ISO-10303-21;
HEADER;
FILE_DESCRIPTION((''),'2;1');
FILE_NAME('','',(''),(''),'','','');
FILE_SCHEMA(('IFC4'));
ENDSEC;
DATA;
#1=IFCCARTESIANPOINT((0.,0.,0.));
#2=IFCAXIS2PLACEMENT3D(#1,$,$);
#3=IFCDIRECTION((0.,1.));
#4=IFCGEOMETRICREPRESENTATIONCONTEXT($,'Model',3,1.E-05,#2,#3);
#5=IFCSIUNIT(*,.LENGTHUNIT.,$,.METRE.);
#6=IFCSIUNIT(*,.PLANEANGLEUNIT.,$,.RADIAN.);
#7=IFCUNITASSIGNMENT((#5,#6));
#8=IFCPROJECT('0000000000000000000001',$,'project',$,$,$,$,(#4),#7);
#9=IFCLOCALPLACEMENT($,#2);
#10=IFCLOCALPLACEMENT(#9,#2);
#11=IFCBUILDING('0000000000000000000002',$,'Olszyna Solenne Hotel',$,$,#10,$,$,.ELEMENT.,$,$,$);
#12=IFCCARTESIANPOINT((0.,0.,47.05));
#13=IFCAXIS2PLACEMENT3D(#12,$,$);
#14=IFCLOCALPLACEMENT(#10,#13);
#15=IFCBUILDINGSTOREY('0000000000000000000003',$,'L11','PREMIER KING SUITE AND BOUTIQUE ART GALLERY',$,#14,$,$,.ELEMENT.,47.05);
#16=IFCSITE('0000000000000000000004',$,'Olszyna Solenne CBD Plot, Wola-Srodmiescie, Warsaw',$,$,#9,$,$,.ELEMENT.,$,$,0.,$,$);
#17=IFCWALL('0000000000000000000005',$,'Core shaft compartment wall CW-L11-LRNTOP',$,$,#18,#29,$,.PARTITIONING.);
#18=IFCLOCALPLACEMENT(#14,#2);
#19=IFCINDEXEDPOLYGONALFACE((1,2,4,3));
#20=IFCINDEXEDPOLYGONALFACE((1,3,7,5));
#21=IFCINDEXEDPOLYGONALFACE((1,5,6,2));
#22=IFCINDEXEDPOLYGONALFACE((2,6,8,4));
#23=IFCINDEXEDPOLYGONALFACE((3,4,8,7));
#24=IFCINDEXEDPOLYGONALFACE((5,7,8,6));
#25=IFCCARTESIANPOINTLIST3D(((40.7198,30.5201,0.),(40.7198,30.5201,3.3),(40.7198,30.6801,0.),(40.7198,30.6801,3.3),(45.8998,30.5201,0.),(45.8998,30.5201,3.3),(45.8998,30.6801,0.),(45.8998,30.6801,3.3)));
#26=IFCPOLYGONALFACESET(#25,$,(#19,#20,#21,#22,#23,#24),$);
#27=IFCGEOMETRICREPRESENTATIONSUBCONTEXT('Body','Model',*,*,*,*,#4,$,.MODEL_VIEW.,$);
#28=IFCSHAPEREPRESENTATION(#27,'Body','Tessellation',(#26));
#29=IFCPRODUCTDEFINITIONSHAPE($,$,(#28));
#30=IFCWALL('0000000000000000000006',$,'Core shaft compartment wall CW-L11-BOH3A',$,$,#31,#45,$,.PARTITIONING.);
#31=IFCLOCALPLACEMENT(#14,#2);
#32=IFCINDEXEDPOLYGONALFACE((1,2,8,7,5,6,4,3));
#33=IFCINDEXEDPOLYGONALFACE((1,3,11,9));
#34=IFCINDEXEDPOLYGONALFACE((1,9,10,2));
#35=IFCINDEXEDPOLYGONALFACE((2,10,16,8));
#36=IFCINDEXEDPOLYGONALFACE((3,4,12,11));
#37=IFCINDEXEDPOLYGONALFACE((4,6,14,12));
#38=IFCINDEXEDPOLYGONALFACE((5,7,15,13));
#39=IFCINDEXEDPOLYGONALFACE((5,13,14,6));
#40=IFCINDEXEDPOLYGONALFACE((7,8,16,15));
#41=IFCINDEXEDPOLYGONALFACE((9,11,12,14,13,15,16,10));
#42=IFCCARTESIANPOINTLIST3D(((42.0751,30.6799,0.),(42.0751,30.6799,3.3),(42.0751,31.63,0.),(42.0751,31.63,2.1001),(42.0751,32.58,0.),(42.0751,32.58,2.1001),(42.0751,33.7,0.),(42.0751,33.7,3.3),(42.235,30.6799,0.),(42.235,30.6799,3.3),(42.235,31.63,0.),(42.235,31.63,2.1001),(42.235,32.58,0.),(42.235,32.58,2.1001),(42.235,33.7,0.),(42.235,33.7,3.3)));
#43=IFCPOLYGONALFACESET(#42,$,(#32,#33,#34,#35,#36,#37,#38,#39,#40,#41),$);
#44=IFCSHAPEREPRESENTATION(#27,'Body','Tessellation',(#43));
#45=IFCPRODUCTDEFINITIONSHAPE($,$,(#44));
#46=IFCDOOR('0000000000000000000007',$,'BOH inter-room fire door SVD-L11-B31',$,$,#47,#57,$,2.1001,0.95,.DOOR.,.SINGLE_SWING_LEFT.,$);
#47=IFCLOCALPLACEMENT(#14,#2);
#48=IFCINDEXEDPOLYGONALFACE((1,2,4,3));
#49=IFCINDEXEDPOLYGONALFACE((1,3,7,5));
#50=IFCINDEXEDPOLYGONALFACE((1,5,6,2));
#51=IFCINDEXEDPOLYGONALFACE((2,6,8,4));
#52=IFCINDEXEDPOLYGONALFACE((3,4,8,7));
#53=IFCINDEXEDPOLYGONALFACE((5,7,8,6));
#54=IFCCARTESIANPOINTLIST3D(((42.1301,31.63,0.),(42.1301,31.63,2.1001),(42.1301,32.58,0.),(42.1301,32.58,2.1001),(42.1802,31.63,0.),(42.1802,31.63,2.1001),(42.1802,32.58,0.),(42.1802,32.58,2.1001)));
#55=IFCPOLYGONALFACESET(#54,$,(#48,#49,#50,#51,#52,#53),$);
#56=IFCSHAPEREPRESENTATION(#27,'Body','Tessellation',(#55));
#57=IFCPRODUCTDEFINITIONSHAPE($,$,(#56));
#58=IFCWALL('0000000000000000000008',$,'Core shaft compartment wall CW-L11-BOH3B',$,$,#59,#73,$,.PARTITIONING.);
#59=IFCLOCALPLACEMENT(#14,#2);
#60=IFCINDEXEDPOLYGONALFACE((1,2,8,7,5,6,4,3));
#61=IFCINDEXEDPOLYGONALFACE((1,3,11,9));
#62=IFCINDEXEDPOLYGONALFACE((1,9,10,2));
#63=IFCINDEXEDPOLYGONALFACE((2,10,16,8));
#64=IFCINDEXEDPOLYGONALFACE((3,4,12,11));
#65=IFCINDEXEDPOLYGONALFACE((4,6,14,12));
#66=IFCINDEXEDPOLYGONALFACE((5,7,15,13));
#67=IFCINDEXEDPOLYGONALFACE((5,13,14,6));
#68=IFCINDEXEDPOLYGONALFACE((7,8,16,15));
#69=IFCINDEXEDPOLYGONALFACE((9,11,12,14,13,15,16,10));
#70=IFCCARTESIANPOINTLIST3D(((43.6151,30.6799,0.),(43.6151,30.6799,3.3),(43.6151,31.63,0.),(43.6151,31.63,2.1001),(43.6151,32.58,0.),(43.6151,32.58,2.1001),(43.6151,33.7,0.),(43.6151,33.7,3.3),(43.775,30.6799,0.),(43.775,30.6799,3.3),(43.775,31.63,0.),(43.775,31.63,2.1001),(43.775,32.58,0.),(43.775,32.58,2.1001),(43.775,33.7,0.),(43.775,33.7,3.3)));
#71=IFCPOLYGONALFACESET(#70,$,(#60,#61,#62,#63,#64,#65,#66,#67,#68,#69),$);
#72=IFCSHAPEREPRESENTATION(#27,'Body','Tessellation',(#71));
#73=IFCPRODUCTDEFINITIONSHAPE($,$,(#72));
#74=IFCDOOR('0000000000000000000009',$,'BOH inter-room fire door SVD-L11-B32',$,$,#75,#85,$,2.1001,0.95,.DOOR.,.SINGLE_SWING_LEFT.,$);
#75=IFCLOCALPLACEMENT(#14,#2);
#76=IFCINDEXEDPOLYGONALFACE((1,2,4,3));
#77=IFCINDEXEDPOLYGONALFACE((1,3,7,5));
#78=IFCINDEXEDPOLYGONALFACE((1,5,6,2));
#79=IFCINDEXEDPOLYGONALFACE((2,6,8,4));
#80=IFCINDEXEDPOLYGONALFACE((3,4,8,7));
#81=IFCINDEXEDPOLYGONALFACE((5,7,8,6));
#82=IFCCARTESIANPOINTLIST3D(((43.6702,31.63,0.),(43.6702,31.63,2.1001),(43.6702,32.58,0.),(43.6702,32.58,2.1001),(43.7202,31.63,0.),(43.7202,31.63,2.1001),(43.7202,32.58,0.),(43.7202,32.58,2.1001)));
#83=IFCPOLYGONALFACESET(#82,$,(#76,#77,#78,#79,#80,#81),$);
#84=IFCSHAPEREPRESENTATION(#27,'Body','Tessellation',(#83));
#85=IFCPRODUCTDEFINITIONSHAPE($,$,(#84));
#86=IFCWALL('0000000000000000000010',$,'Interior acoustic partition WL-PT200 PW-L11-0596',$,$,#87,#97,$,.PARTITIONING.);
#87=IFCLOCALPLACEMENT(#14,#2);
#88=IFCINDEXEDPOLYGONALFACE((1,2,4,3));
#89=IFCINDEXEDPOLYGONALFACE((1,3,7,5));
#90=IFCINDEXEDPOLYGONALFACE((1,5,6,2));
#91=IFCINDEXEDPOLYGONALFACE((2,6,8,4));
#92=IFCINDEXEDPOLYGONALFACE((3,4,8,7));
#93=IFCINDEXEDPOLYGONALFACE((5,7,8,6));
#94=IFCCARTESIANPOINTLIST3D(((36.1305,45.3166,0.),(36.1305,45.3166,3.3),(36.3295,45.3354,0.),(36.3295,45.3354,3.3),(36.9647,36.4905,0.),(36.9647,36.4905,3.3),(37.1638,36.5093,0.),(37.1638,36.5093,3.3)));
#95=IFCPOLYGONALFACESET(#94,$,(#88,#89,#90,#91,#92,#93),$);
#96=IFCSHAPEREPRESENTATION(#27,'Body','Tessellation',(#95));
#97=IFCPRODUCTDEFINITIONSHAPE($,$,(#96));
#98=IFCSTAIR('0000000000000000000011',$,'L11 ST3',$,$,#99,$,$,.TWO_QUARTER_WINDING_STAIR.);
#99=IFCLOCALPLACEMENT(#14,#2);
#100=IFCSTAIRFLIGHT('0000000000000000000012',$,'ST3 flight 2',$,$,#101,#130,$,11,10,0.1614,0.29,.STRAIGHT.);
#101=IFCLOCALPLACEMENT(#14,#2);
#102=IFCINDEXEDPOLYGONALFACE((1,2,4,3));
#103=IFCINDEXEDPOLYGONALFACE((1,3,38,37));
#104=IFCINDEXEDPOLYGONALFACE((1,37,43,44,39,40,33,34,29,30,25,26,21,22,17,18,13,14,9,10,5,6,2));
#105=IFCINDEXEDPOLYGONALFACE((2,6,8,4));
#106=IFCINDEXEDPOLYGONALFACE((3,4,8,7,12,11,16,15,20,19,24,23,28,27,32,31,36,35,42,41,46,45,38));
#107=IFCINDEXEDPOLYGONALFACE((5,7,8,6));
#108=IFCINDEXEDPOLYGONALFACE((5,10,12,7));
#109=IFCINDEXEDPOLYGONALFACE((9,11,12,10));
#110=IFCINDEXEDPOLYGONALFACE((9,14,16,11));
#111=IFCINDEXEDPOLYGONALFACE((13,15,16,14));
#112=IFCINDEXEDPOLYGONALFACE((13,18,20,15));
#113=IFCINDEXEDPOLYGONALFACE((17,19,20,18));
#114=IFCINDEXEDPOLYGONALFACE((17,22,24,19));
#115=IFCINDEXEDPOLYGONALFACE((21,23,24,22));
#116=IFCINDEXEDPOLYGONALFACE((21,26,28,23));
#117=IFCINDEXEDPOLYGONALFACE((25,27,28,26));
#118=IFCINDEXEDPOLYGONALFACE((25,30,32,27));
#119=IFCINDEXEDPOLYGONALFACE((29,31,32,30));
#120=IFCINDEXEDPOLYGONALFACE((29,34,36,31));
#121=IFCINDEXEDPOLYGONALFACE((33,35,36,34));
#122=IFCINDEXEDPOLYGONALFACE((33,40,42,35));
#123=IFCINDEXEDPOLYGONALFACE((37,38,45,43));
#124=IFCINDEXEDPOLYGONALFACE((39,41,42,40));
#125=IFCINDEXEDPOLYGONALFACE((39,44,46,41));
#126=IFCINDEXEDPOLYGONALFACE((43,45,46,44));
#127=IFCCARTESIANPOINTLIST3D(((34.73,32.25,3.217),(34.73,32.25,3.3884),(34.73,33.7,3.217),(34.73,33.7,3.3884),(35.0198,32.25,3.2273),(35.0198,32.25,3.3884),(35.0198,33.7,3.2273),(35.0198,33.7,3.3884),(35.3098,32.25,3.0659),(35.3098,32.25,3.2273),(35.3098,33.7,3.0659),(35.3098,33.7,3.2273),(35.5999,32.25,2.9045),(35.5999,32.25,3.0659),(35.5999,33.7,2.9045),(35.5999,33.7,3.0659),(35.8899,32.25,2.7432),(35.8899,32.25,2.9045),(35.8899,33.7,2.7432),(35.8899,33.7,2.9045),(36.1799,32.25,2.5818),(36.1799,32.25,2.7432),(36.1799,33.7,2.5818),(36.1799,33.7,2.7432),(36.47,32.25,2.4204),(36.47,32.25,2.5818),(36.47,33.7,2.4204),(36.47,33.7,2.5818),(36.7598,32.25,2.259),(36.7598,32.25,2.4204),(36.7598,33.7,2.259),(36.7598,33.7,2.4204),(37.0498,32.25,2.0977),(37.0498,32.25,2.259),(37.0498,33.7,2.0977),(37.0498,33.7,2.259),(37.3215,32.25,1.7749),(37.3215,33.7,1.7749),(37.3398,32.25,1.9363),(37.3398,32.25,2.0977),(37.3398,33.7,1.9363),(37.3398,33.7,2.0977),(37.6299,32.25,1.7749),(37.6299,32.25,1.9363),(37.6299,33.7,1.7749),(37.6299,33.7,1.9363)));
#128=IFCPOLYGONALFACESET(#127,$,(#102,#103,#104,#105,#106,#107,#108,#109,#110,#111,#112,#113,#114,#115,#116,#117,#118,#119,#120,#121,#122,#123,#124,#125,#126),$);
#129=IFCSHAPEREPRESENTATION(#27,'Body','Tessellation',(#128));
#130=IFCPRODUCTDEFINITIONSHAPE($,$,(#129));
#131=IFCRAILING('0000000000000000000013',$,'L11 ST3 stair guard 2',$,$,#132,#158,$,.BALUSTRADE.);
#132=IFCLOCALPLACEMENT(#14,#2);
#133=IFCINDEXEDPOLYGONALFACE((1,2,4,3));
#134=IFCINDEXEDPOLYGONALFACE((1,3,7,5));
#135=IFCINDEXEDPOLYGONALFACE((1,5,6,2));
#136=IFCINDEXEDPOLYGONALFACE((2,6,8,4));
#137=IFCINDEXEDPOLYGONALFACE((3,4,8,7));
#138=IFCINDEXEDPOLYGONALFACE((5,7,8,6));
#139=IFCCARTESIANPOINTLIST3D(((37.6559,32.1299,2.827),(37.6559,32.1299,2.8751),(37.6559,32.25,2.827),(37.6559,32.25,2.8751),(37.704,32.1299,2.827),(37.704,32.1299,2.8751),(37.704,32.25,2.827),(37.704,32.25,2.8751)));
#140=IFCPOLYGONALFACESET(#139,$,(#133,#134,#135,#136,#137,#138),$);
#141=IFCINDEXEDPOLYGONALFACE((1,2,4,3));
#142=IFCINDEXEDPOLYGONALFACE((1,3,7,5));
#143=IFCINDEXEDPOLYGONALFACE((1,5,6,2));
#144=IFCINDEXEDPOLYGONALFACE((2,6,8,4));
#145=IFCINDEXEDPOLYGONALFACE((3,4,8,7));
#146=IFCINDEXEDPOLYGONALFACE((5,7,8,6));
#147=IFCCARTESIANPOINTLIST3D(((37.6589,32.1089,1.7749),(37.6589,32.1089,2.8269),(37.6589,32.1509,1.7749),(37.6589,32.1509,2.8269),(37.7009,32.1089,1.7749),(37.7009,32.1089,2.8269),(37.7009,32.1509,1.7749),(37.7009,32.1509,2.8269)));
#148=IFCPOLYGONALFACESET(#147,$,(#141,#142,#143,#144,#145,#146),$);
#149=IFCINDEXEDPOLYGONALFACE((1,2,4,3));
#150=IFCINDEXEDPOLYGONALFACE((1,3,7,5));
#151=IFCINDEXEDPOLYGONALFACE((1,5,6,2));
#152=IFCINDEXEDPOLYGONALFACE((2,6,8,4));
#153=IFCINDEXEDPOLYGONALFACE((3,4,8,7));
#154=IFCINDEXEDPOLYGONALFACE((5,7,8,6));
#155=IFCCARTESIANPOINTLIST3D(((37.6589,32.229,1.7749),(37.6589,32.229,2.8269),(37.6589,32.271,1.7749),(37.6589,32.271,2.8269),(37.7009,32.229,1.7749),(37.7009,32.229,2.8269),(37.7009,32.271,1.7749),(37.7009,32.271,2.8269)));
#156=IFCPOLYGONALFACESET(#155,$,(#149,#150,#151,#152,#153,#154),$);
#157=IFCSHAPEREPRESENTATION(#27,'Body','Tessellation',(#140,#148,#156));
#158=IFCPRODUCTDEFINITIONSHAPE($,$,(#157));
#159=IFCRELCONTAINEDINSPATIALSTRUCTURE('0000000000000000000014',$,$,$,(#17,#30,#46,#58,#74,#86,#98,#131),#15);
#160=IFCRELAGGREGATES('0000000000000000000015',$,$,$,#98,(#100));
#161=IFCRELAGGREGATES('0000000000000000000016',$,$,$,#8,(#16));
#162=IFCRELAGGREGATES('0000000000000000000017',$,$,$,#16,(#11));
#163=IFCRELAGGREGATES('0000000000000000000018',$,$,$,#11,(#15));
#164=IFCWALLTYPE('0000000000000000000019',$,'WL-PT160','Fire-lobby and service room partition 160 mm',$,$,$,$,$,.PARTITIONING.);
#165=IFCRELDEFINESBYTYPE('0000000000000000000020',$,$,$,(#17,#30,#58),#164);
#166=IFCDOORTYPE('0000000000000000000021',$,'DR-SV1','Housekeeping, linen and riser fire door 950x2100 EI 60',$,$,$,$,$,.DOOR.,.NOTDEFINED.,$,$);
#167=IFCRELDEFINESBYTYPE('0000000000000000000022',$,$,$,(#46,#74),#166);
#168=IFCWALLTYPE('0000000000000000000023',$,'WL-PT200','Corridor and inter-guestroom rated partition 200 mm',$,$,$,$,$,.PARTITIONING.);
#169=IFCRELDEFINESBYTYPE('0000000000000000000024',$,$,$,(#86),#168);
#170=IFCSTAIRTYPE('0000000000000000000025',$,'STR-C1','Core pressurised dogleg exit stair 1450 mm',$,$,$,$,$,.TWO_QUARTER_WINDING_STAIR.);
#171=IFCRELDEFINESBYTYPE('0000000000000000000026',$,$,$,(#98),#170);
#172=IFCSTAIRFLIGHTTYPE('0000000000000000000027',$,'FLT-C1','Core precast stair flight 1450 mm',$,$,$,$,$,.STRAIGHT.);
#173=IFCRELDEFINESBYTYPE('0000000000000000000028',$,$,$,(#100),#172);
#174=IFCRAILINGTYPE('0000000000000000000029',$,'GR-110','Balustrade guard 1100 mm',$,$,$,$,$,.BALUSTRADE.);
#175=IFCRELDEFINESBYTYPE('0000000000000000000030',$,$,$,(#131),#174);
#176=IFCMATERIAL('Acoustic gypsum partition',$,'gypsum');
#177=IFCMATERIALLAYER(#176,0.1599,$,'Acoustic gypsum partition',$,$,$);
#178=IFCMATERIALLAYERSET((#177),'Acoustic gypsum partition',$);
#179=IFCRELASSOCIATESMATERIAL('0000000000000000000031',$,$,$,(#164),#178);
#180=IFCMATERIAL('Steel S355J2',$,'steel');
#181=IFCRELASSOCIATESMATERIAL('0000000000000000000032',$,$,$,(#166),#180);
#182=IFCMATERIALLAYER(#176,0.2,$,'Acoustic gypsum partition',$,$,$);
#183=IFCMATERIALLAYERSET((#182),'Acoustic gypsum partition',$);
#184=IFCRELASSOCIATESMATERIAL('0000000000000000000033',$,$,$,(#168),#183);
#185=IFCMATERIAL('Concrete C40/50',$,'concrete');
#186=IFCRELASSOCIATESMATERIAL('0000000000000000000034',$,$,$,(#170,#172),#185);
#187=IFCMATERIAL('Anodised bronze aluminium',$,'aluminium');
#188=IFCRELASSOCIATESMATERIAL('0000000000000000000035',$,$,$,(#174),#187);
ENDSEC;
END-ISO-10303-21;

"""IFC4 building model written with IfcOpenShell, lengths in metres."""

from ifc_helpers import new_model, si_unit, direction, frame, frame_2d, origin, origin_2d, place, context, subcontext, project, spatial, polyline, rectangle, outline, extrude, source, transform, mapped, material, layer, layer_set, type_object, type_shapes, element, fill, aggregate, save


model = new_model("IFC4")

# Units and contexts
model_context = context("Model", 3, precision=1e-05, world=origin(), true_north=direction((0.0, 1.0)))
body_context = subcontext(model_context, "Body", "Model", "MODEL_VIEW")
ifc_project = project(units=[si_unit("LENGTHUNIT", "METRE"), si_unit("PLANEANGLEUNIT", "RADIAN")], contexts=[model_context])

# Site, building, storey
site_placement = place(None, origin())
site = spatial("IfcSite", under=ifc_project, at=site_placement, Name="Olszyna Solenne CBD Plot, Wola-Srodmiescie, Warsaw", CompositionType="ELEMENT", RefElevation=0.0)
building_placement = place(site_placement, origin())
building = spatial("IfcBuilding", under=site, at=building_placement, Name="Olszyna Solenne Hotel", CompositionType="ELEMENT")
storey_placement = place(building_placement, frame((0.0, 0.0, 47.05)))
storey = spatial("IfcBuildingStorey", under=building, at=storey_placement, Name="L11", Description="PREMIER KING SUITE AND BOUTIQUE ART GALLERY", CompositionType="ELEMENT", Elevation=47.05)

# Shared definitions
ifc_material_1 = material(Name="Steel S355J2", Category="steel")

# Shared definitions
ifc_material_2 = material(Name="Anodised bronze aluminium", Category="aluminium")

# Shared definitions
ifc_material_3 = material(Name="Acoustic gypsum partition", Category="gypsum")

# Wall
ifc_layer_1 = layer(ifc_material_3, 0.1599, Name="Acoustic gypsum partition")
ifc_layer_set_1 = layer_set([ifc_layer_1], Name="Acoustic gypsum partition")
wall_type_1 = type_object("IfcWallType", Name="WL-PT160", Description="Fire-lobby and service room partition 160 mm", PredefinedType="PARTITIONING", material=ifc_layer_set_1)
wall_1_placement = place(storey_placement, frame((40.72, 30.6001, 0.0), z_axis=(0.0, 0.0, 1.0), x_axis=(1.0, 0.0, 0.0)))
element("IfcWall", 1, at=wall_1_placement, inside=storey, type_object=wall_type_1, Name="Core shaft compartment wall CW-L11-LRNTOP", PredefinedType="PARTITIONING", context=body_context, shape_type="SweptSolid", body=[
    extrude(rectangle(XDim=5.1799, YDim=0.1599, at=frame_2d((2.5898, 0.0))), origin(), (0.0, 0.0, 1.0), 3.3),
])

# Walls, openings, doors
wall_2_placement = place(storey_placement, frame((42.155, 30.6799, 0.0), z_axis=(0.0, 0.0, 1.0), x_axis=(0.0, 1.0, 0.0)))
wall_2 = element("IfcWall", 2, at=wall_2_placement, inside=storey, type_object=wall_type_1, Name="Core shaft compartment wall CW-L11-BOH3A", PredefinedType="PARTITIONING", context=body_context, shape_type="SweptSolid", body=[
    extrude(rectangle(XDim=3.02, YDim=0.1599, at=frame_2d((1.51, 0.0))), origin(), (0.0, 0.0, 1.0), 3.3),
])
opening_1_placement = place(wall_2_placement, frame((0.95, 0.0, 0.0)))
opening_1 = element("IfcOpeningElement", 3, at=opening_1_placement, cuts=wall_2, PredefinedType="OPENING", context=body_context, shape_type="SweptSolid", body=[
    extrude(rectangle(XDim=0.95, YDim=2.1001, at=frame_2d((0.4751, 1.05))), frame((0.0, 0.0898, 0.0), z_axis=(0.0, -1.0, 0.0), x_axis=(1.0, 0.0, 0.0)), (0.0, 0.0, 1.0), 0.1799),
])
door_type_1 = type_object("IfcDoorType", Name="DR-SV1", Description="Housekeeping, linen and riser fire door 950x2100 EI 60", OperationType="NOTDEFINED", PredefinedType="DOOR", material=ifc_material_1)
shared_shape_1 = source(origin(), body_context, "Body", "SweptSolid", [
    extrude(rectangle(XDim=0.95, YDim=2.1001, at=frame_2d((0.4751, 1.05))), frame((0.0, 0.0249, 0.0), z_axis=(0.0, -1.0, 0.0), x_axis=(1.0, 0.0, 0.0)), (0.0, 0.0, 1.0), 0.05),
])
type_shapes(door_type_1, [shared_shape_1])
door_1_placement = place(opening_1_placement, origin())
door_1 = element("IfcDoor", 4, at=door_1_placement, inside=storey, type_object=door_type_1, Name="BOH inter-room fire door SVD-L11-B31", OperationType="SINGLE_SWING_LEFT", OverallHeight=2.1001, OverallWidth=0.95, PredefinedType="DOOR", context=body_context, shape_type="MappedRepresentation", body=[
    mapped(shared_shape_1, transform((0.0, 0.0, 0.0), x_axis=(1.0, 0.0, 0.0), y_axis=(0.0, 1.0, 0.0), z_axis=(0.0, 0.0, 1.0), scale=1.0)),
])
fill(opening_1, door_1)
wall_3_placement = place(storey_placement, frame((43.6951, 30.6799, 0.0), z_axis=(0.0, 0.0, 1.0), x_axis=(0.0, 1.0, 0.0)))
wall_3 = element("IfcWall", 5, at=wall_3_placement, inside=storey, type_object=wall_type_1, Name="Core shaft compartment wall CW-L11-BOH3B", PredefinedType="PARTITIONING", context=body_context, shape_type="SweptSolid", body=[
    extrude(rectangle(XDim=3.02, YDim=0.1599, at=frame_2d((1.51, 0.0))), origin(), (0.0, 0.0, 1.0), 3.3),
])
opening_2_placement = place(wall_3_placement, frame((0.95, 0.0, 0.0)))
opening_2 = element("IfcOpeningElement", 6, at=opening_2_placement, cuts=wall_3, PredefinedType="OPENING", context=body_context, shape_type="SweptSolid", body=[
    extrude(rectangle(XDim=0.95, YDim=2.1001, at=frame_2d((0.4751, 1.05))), frame((0.0, 0.0898, 0.0), z_axis=(0.0, -1.0, 0.0), x_axis=(1.0, 0.0, 0.0)), (0.0, 0.0, 1.0), 0.1799),
])
door_2_placement = place(opening_2_placement, origin())
door_2 = element("IfcDoor", 7, at=door_2_placement, inside=storey, type_object=door_type_1, Name="BOH inter-room fire door SVD-L11-B32", OperationType="SINGLE_SWING_LEFT", OverallHeight=2.1001, OverallWidth=0.95, PredefinedType="DOOR", context=body_context, shape_type="MappedRepresentation", body=[
    mapped(shared_shape_1, transform((0.0, 0.0, 0.0), x_axis=(1.0, 0.0, 0.0), y_axis=(0.0, 1.0, 0.0), z_axis=(0.0, 0.0, 1.0), scale=1.0)),
])
fill(opening_2, door_2)

# Wall
ifc_layer_2 = layer(ifc_material_3, 0.2, Name="Acoustic gypsum partition")
ifc_layer_set_2 = layer_set([ifc_layer_2], Name="Acoustic gypsum partition")
wall_type_2 = type_object("IfcWallType", Name="WL-PT200", Description="Corridor and inter-guestroom rated partition 200 mm", PredefinedType="PARTITIONING", material=ifc_layer_set_2)
wall_4_placement = place(storey_placement, frame((37.0642, 36.5, 0.0), z_axis=(0.0, 0.0, 1.0), x_axis=(-0.094098, 0.995563, 0.0)))
element("IfcWall", 8, at=wall_4_placement, inside=storey, type_object=wall_type_2, Name="Interior acoustic partition WL-PT200 PW-L11-0596", PredefinedType="PARTITIONING", context=body_context, shape_type="SweptSolid", body=[
    extrude(rectangle(XDim=8.8655, YDim=0.2, at=frame_2d((4.4326, 0.0))), origin(), (0.0, 0.0, 1.0), 3.3),
])

# Stair, stair flight
ifc_material_4 = material(Name="Concrete C40/50", Category="concrete")
stair_type = type_object("IfcStairType", Name="STR-C1", Description="Core pressurised dogleg exit stair 1450 mm", PredefinedType="TWO_QUARTER_WINDING_STAIR", material=ifc_material_4)
stair_placement = place(storey_placement, origin())
stair = element("IfcStair", 9, at=stair_placement, inside=storey, type_object=stair_type, Name="L11 ST3", PredefinedType="TWO_QUARTER_WINDING_STAIR")
stair_flight_type = type_object("IfcStairFlightType", Name="FLT-C1", Description="Core precast stair flight 1450 mm", PredefinedType="STRAIGHT", material=ifc_material_4)
stair_flight_placement = place(storey_placement, frame((37.6299, 32.9751, 1.7749), z_axis=(0.0, 0.0, 1.0), x_axis=(-1.0, 0.0, 0.0)))
stair_flight = element("IfcStairFlight", 10, at=stair_flight_placement, type_object=stair_flight_type, Name="ST3 flight 2", NumberOfRisers=11, NumberOfTreads=10, PredefinedType="STRAIGHT", RiserHeight=0.1614, TreadLength=0.29, context=body_context, shape_type="SweptSolid", body=[
    extrude(outline(polyline([(0.0, 0.0), (0.0, 0.1614), (0.29, 0.1614), (0.29, 0.3228), (0.5801, 0.3228), (0.5801, 0.4841), (0.8701, 0.4841), (0.8701, 0.6455), (1.1599, 0.6455), (1.1599, 0.8069), (1.45, 0.8069), (1.45, 0.9683), (1.74, 0.9683), (1.74, 1.1296), (2.03, 1.1296), (2.03, 1.291), (2.3201, 1.291), (2.3201, 1.4524), (2.6101, 1.4524), (2.6101, 1.6135), (2.8999, 1.6135), (2.8999, 1.7749), (2.8999, 1.4421), (0.3083, 0.0), (0.0, 0.0)])), frame((0.0, 0.7251, 0.0), z_axis=(0.0, -1.0, 0.0), x_axis=(1.0, 0.0, 0.0)), (0.0, 0.0, 1.0), 1.45),
])
aggregate(stair, [stair_flight])

# Railing
railing_type_1 = type_object("IfcRailingType", Name="GR-110", Description="Balustrade guard 1100 mm", PredefinedType="BALUSTRADE", material=ifc_material_2)
railing_1_placement = place(storey_placement, frame((37.6799, 32.1299, 1.7749)))
element("IfcRailing", 11, at=railing_1_placement, inside=storey, type_object=railing_type_1, Name="L11 ST3 stair guard 2", PredefinedType="BALUSTRADE", context=body_context, shape_type="SweptSolid", body=[
    extrude(rectangle(XDim=0.0481, YDim=0.0481, at=origin_2d()), frame((0.0, 0.0, 1.0762), z_axis=(0.0, 1.0, 0.0), x_axis=(-1.0, 0.0, 0.0)), (0.0, 0.0, 1.0), 0.1201),
    extrude(rectangle(XDim=0.042, YDim=0.042, at=origin_2d()), origin(), (0.0, 0.0, 1.0), 1.052),
    extrude(rectangle(XDim=0.042, YDim=0.042, at=origin_2d()), frame((0.0, 0.1201, 0.0)), (0.0, 0.0, 1.0), 1.052),
])

save(model, "model.ifc")
